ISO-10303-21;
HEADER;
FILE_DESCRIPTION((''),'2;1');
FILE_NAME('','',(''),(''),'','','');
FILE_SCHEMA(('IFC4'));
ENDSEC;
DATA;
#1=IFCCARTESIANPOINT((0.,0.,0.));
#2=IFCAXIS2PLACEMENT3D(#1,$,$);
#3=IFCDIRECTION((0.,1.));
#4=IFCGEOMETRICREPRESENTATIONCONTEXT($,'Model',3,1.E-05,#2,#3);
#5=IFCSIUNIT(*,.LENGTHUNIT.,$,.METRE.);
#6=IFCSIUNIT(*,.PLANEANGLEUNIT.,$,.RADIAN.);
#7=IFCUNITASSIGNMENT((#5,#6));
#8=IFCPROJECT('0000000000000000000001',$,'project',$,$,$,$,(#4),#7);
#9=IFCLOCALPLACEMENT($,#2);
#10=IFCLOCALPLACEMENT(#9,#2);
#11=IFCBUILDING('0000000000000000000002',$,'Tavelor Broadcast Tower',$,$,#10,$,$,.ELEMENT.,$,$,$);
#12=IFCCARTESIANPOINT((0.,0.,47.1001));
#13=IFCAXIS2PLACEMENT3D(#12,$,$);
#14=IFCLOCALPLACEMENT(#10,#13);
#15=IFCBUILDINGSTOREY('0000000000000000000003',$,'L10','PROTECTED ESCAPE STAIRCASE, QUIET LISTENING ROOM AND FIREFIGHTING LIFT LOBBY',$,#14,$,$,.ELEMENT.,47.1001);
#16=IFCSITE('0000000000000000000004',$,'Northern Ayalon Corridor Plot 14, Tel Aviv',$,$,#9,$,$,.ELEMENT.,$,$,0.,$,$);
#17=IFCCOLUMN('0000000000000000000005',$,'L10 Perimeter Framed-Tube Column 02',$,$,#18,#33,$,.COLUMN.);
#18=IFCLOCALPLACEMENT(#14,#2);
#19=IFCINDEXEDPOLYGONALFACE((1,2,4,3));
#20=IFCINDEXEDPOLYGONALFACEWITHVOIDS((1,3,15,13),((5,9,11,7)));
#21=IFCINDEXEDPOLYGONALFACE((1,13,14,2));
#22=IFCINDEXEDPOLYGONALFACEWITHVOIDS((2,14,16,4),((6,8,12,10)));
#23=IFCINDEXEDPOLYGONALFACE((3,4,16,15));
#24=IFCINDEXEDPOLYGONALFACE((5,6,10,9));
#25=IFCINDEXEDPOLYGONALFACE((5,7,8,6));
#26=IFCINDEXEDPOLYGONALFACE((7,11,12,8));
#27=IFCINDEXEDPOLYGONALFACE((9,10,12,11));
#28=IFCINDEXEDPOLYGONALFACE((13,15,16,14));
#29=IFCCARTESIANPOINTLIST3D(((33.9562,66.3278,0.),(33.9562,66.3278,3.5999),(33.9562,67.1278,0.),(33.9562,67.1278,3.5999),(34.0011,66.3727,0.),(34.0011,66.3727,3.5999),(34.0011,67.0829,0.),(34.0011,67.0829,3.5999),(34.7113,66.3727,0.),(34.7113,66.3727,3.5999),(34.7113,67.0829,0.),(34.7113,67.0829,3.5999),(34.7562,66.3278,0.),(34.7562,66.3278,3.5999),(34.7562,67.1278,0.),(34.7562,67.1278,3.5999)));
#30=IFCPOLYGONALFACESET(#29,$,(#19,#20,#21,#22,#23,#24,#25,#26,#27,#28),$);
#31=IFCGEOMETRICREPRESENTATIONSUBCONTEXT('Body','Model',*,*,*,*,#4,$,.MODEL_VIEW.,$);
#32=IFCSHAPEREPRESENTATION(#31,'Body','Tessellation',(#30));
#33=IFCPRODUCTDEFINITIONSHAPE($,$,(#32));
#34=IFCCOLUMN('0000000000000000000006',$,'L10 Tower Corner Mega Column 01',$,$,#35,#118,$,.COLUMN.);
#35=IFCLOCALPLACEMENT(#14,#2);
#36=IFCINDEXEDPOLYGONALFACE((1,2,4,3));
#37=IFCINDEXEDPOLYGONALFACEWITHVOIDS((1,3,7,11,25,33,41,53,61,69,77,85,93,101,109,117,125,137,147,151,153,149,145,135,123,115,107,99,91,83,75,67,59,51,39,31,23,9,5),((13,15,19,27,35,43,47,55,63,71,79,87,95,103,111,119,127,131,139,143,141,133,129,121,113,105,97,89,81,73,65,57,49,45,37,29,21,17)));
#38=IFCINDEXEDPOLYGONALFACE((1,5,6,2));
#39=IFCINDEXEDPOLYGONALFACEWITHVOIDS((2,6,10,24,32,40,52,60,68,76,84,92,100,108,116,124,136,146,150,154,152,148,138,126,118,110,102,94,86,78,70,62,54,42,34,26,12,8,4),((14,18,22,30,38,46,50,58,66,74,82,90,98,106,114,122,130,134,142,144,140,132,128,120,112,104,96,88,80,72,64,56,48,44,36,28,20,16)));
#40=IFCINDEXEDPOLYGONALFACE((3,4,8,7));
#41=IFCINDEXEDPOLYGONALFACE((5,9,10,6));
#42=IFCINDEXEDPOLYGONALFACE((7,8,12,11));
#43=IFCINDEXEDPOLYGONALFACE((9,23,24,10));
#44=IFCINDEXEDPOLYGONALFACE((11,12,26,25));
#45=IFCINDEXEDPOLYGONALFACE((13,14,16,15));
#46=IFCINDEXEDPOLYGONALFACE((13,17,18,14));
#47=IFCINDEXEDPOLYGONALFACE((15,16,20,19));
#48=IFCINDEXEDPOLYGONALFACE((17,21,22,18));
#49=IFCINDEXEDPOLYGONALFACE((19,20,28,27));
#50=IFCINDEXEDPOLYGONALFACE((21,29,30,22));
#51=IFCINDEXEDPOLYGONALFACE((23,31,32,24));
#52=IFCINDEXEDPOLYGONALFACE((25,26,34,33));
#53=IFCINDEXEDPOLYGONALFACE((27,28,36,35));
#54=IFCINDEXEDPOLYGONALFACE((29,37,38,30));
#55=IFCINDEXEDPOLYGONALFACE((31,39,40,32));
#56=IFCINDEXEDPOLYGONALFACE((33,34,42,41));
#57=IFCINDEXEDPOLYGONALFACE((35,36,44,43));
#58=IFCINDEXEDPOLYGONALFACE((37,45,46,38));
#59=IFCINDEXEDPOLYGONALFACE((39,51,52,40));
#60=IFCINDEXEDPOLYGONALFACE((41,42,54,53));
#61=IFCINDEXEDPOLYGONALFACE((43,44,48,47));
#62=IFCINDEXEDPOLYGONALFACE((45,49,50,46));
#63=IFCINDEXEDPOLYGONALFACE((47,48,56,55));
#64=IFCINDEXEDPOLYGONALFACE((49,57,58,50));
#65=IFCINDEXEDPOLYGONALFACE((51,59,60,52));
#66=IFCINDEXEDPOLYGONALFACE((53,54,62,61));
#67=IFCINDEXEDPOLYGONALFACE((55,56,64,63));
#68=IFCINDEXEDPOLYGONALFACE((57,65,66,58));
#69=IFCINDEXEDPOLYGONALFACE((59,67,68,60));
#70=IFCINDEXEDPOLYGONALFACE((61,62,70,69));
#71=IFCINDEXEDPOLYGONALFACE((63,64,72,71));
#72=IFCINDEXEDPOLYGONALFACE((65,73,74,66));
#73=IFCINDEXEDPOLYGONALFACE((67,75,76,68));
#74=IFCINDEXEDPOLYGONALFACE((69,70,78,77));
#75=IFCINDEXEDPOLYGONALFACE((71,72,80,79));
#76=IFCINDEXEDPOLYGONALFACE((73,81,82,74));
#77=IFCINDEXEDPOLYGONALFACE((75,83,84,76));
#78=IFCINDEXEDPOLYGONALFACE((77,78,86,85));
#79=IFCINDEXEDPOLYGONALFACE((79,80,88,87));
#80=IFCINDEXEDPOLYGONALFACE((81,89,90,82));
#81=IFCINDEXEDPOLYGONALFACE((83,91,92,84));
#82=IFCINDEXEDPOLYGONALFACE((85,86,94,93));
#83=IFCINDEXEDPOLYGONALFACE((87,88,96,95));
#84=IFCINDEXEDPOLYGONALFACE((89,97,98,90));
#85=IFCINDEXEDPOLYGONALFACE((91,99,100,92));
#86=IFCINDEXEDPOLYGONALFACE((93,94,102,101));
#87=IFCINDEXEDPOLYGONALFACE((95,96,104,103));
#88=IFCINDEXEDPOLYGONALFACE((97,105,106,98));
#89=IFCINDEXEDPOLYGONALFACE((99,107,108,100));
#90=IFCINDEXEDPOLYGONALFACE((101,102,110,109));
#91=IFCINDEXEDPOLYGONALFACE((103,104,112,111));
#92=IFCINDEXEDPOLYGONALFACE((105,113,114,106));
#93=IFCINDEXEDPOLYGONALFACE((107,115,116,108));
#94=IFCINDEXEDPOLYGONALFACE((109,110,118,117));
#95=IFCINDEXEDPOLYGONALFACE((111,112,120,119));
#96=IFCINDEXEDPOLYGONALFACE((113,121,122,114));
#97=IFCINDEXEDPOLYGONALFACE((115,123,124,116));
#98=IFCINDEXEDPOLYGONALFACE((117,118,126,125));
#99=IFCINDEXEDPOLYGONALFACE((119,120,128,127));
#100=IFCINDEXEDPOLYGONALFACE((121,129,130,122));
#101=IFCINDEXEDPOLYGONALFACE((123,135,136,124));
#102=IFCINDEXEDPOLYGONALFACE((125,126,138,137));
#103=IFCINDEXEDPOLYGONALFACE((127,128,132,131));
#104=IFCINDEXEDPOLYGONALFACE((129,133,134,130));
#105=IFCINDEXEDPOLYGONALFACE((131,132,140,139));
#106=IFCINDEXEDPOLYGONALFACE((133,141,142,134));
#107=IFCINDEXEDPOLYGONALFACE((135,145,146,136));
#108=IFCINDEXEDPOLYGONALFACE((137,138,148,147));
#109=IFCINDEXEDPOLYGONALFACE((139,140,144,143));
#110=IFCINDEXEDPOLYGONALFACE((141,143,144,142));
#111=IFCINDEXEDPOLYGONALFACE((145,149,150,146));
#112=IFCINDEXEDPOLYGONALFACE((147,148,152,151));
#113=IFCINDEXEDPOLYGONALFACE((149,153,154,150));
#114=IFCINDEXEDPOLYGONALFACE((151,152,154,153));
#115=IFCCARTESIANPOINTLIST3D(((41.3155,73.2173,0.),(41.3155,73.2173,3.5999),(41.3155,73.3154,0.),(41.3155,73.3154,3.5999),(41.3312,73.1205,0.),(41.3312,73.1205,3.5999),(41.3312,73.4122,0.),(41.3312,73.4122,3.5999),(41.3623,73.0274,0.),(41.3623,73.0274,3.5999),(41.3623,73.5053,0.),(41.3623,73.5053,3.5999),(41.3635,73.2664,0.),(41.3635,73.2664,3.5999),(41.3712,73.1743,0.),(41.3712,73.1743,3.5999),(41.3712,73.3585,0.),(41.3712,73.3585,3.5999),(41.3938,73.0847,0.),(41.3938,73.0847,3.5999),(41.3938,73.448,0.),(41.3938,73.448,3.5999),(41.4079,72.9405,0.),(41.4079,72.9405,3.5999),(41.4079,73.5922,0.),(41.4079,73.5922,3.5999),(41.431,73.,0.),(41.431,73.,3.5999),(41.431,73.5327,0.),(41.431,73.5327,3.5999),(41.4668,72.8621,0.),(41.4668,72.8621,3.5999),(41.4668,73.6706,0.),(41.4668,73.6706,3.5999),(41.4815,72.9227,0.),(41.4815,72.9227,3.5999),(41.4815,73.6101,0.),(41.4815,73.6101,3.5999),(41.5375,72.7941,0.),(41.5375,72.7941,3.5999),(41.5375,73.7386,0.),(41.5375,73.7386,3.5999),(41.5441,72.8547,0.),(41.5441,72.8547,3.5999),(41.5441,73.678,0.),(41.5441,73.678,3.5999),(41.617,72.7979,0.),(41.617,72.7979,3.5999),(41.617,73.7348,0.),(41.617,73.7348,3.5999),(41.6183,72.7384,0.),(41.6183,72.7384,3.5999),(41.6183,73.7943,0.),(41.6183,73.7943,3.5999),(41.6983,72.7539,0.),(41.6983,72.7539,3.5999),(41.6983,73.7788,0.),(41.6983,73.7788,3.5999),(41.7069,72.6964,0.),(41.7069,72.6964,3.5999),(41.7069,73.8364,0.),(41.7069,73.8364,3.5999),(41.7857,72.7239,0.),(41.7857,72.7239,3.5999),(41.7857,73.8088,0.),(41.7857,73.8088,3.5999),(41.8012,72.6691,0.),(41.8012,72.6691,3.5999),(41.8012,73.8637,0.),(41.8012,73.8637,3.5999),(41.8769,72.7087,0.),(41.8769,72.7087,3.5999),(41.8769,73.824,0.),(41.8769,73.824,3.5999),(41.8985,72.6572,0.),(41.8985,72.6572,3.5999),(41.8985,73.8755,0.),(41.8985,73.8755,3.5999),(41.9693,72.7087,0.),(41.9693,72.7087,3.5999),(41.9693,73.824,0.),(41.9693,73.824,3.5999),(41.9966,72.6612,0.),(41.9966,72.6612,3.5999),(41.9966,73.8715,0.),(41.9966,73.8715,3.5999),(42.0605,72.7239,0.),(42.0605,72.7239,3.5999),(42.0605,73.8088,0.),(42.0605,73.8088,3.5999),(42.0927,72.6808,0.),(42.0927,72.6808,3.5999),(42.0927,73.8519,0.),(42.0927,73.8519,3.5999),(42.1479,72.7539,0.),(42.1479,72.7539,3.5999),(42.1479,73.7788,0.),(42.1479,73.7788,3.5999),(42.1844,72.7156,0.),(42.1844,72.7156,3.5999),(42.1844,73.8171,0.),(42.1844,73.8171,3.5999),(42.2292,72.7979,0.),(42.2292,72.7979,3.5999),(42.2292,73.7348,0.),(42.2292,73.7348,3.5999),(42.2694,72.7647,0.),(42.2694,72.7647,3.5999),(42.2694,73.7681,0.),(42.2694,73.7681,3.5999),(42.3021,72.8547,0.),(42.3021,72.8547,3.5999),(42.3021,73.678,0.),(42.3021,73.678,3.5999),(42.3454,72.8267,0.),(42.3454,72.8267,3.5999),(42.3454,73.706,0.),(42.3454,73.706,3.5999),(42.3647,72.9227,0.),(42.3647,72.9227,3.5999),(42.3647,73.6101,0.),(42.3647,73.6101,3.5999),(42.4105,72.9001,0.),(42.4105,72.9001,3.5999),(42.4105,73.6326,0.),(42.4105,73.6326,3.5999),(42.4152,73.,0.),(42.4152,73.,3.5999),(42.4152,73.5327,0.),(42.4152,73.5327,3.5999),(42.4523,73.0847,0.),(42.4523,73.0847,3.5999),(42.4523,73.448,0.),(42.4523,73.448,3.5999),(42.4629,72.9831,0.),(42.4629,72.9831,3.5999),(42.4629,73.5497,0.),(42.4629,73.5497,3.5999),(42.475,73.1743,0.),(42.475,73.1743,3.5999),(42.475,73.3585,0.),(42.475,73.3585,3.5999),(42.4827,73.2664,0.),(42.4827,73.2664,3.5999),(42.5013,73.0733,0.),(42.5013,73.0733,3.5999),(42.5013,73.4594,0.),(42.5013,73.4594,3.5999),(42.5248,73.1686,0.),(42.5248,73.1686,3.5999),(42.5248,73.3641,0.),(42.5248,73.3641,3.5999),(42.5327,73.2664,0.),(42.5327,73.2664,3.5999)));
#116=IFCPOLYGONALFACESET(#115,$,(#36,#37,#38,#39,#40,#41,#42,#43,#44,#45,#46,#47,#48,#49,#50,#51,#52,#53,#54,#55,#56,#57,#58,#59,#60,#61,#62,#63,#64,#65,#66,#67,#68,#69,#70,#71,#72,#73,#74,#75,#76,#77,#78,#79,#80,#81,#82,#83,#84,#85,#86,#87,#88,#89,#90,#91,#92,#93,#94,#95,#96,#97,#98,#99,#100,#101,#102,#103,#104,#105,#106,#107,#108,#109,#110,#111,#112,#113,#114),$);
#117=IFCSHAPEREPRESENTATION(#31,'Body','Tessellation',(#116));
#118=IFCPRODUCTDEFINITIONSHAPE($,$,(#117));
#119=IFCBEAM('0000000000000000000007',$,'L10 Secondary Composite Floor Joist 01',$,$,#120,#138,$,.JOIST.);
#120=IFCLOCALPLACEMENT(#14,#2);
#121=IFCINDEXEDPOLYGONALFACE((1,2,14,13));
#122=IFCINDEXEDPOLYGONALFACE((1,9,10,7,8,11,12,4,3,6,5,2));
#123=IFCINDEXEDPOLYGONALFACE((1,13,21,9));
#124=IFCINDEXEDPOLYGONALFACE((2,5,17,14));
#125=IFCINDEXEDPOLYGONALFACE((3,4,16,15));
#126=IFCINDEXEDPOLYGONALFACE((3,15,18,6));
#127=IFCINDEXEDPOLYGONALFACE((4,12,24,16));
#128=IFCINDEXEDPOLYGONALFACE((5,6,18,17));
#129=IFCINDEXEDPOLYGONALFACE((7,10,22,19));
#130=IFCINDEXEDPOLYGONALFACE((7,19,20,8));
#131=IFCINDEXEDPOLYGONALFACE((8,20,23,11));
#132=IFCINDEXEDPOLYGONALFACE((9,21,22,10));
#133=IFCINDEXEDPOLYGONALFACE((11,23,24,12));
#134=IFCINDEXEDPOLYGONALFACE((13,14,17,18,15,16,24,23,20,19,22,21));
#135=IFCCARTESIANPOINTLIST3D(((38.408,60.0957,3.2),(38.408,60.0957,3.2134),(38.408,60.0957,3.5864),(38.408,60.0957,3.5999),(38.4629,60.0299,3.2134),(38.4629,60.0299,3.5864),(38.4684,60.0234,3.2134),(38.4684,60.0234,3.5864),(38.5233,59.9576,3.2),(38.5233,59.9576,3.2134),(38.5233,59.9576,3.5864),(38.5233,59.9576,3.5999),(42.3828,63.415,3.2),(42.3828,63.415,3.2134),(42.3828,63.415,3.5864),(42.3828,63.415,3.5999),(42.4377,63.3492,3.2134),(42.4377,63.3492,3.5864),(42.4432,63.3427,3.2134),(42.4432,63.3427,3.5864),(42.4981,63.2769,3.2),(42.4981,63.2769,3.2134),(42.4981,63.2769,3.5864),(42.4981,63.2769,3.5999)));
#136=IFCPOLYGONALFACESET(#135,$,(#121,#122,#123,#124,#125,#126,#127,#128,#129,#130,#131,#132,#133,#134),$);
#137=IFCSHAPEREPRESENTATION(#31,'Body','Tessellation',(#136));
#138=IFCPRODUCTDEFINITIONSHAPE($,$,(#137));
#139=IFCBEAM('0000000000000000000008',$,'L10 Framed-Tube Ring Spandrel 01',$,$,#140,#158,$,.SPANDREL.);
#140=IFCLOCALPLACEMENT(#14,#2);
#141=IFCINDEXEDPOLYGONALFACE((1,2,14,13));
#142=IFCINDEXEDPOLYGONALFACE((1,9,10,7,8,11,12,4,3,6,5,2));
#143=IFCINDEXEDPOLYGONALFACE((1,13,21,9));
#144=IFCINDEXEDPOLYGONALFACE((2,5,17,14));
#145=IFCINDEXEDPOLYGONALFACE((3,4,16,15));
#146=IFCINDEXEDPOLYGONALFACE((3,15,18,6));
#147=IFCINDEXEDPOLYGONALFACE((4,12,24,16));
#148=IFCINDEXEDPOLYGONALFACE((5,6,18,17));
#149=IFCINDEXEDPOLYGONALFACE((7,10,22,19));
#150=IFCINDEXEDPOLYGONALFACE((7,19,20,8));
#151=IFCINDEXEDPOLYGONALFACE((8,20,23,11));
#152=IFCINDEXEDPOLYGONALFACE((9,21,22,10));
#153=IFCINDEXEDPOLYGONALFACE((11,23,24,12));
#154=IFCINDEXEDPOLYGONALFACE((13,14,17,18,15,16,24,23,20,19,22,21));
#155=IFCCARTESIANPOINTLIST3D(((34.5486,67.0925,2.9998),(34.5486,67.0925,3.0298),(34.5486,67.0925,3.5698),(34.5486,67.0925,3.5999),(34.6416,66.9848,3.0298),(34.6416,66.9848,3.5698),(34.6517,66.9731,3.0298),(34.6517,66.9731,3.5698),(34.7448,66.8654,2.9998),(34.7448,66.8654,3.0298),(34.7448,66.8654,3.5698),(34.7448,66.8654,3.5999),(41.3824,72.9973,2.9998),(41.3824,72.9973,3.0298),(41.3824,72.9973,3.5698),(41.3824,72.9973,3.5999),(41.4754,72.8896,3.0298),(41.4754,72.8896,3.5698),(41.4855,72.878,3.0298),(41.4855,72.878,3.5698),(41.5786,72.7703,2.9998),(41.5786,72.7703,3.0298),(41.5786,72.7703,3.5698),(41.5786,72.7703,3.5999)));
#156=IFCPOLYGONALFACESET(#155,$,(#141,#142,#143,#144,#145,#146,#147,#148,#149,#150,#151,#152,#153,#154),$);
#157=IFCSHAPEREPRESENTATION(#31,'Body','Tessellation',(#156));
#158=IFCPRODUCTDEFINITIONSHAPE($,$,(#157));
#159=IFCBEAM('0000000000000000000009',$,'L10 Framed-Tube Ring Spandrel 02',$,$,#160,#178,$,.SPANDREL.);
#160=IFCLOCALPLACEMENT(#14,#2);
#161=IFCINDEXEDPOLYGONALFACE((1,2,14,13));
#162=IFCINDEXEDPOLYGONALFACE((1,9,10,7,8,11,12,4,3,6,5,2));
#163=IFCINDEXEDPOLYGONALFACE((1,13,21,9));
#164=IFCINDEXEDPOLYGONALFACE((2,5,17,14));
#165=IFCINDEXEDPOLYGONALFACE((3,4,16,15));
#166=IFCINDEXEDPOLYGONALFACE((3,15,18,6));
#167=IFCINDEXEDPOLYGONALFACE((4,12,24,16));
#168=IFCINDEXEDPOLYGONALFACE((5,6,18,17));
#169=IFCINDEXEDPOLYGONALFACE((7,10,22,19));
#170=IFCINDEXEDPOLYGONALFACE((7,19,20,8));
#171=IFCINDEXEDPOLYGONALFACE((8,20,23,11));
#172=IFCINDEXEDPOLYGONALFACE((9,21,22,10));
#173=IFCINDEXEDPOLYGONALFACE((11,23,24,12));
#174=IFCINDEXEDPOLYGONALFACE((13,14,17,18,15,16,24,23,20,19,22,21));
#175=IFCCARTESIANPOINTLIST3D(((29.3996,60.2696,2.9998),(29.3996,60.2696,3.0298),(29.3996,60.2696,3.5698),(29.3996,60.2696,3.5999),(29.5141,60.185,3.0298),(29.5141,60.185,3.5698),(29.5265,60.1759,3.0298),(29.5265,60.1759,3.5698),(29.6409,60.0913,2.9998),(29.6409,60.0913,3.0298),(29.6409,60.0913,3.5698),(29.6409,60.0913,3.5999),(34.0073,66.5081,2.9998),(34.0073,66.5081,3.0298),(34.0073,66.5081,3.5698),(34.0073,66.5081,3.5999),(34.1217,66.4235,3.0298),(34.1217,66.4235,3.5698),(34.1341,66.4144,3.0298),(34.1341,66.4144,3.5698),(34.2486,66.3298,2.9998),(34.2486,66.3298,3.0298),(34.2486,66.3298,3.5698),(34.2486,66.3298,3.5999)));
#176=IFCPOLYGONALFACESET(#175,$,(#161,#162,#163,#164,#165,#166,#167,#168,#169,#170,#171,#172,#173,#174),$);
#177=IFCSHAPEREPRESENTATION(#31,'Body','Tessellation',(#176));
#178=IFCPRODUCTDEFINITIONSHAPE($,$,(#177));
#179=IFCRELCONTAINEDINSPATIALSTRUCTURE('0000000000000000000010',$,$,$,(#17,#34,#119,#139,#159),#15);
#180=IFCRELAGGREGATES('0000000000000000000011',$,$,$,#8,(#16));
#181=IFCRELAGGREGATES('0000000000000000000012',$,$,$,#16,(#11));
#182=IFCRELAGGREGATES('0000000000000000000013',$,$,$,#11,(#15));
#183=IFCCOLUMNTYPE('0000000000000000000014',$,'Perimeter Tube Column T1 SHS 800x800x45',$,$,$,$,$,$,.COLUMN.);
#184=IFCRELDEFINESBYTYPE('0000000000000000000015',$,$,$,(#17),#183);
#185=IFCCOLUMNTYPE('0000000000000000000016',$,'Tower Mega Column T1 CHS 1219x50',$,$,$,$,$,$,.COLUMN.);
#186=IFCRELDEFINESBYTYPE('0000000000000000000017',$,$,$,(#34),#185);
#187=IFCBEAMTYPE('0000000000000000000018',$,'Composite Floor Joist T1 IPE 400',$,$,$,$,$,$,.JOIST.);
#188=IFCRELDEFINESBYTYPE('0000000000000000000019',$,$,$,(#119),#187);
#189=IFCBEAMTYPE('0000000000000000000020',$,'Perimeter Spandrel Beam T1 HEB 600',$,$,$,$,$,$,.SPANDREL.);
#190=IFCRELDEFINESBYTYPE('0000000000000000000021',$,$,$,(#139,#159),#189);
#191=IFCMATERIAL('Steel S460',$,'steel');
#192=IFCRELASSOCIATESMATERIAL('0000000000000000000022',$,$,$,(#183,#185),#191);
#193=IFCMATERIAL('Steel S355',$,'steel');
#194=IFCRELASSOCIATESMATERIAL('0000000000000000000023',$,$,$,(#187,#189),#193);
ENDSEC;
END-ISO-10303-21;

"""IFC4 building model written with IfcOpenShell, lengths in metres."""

from ifc_helpers import new_model, si_unit, direction, frame, origin, origin_2d, place, context, subcontext, project, spatial, hollow_rectangle, hollow_circle, i_section, extrude, material, material_profile, profile_set, type_object, element, save


model = new_model("IFC4")

# Units and contexts
model_context = context("Model", 3, precision=1e-05, world=origin(), true_north=direction((0.0, 1.0)))
body_context = subcontext(model_context, "Body", "Model", "MODEL_VIEW")
ifc_project = project(units=[si_unit("LENGTHUNIT", "METRE"), si_unit("PLANEANGLEUNIT", "RADIAN")], contexts=[model_context])

# Site, building, storey
site_placement = place(None, origin())
site = spatial("IfcSite", under=ifc_project, at=site_placement, Name="Northern Ayalon Corridor Plot 14, Tel Aviv", CompositionType="ELEMENT", RefElevation=0.0)
building_placement = place(site_placement, origin())
building = spatial("IfcBuilding", under=site, at=building_placement, Name="Tavelor Broadcast Tower", CompositionType="ELEMENT")
storey_placement = place(building_placement, frame((0.0, 0.0, 47.1001)))
storey = spatial("IfcBuildingStorey", under=building, at=storey_placement, Name="L10", Description="PROTECTED ESCAPE STAIRCASE, QUIET LISTENING ROOM AND FIREFIGHTING LIFT LOBBY", CompositionType="ELEMENT", Elevation=47.1001)

# Columns
ifc_material_1 = material(Name="Steel S460", Category="steel")
ifc_material_profile_1 = material_profile(ifc_material_1, hollow_rectangle(XDim=0.8, YDim=0.8, WallThickness=0.0449, at=origin_2d()), Name="SHS 800x800x45")
ifc_profile_set_1 = profile_set([ifc_material_profile_1], Name="Steel S460")
column_type_1 = type_object("IfcColumnType", Name="Perimeter Tube Column T1 SHS 800x800x45", PredefinedType="COLUMN", material=ifc_profile_set_1)
column_1_placement = place(storey_placement, frame((34.3562, 66.7278, 0.0), z_axis=(0.0, 0.0, 1.0), x_axis=(1.0, 0.0, 0.0)))
element("IfcColumn", 1, at=column_1_placement, inside=storey, type_object=column_type_1, Name="L10 Perimeter Framed-Tube Column 02", PredefinedType="COLUMN", context=body_context, shape_type="SweptSolid", body=[
    extrude(hollow_rectangle(XDim=0.8, YDim=0.8, WallThickness=0.0449, at=origin_2d()), origin(), (0.0, 0.0, 1.0), 3.5999),
])
ifc_material_profile_2 = material_profile(ifc_material_1, hollow_circle(Radius=0.6096, WallThickness=0.05, at=origin_2d()), Name="CHS 1219x50")
ifc_profile_set_2 = profile_set([ifc_material_profile_2], Name="Steel S460")
column_type_2 = type_object("IfcColumnType", Name="Tower Mega Column T1 CHS 1219x50", PredefinedType="COLUMN", material=ifc_profile_set_2)
column_2_placement = place(storey_placement, frame((41.9231, 73.2664, 0.0), z_axis=(0.0, 0.0, 1.0), x_axis=(1.0, 0.0, 0.0)))
element("IfcColumn", 2, at=column_2_placement, inside=storey, type_object=column_type_2, Name="L10 Tower Corner Mega Column 01", PredefinedType="COLUMN", context=body_context, shape_type="SweptSolid", body=[
    extrude(hollow_circle(Radius=0.6096, WallThickness=0.05, at=origin_2d()), origin(), (0.0, 0.0, 1.0), 3.5999),
])

# Beams
ifc_material_2 = material(Name="Steel S355", Category="steel")
ifc_material_profile_3 = material_profile(ifc_material_2, i_section(OverallWidth=0.1799, OverallDepth=0.3999, WebThickness=0.0085, FlangeThickness=0.0134, at=origin_2d()), Name="IPE 400")
ifc_profile_set_3 = profile_set([ifc_material_profile_3], Name="Steel S355")
beam_type_1 = type_object("IfcBeamType", Name="Composite Floor Joist T1 IPE 400", PredefinedType="JOIST", material=ifc_profile_set_3)
beam_1_placement = place(storey_placement, frame((42.4404, 63.3459, 3.3999), z_axis=(-0.76756, -0.640977, 0.0), x_axis=(0.640977, -0.76756, 0.0)))
element("IfcBeam", 3, at=beam_1_placement, inside=storey, type_object=beam_type_1, Name="L10 Secondary Composite Floor Joist 01", PredefinedType="JOIST", context=body_context, shape_type="SweptSolid", body=[
    extrude(i_section(OverallWidth=0.1799, OverallDepth=0.3999, WebThickness=0.0085, FlangeThickness=0.0134, at=origin_2d()), origin(), (0.0, 0.0, 1.0), 5.1785),
])
ifc_material_profile_4 = material_profile(ifc_material_2, i_section(OverallWidth=0.3, OverallDepth=0.6001, WebThickness=0.0154, FlangeThickness=0.03, at=origin_2d()), Name="HEB 600")
ifc_profile_set_4 = profile_set([ifc_material_profile_4], Name="Steel S355")
beam_type_2 = type_object("IfcBeamType", Name="Perimeter Spandrel Beam T1 HEB 600", PredefinedType="SPANDREL", material=ifc_profile_set_4)
beam_2_placement = place(storey_placement, frame((41.4805, 72.8838, 3.2998), z_axis=(-0.756663, -0.653805, 0.0), x_axis=(0.653805, -0.756663, 0.0)))
element("IfcBeam", 4, at=beam_2_placement, inside=storey, type_object=beam_type_2, Name="L10 Framed-Tube Ring Spandrel 01", PredefinedType="SPANDREL", context=body_context, shape_type="SweptSolid", body=[
    extrude(i_section(OverallWidth=0.3, OverallDepth=0.6001, WebThickness=0.0154, FlangeThickness=0.03, at=origin_2d()), origin(), (0.0, 0.0, 1.0), 9.0315),
])
beam_3_placement = place(storey_placement, frame((34.1279, 66.4189, 3.2998), z_axis=(-0.594106, -0.804387, 0.0), x_axis=(0.804387, -0.594106, 0.0)))
element("IfcBeam", 5, at=beam_3_placement, inside=storey, type_object=beam_type_2, Name="L10 Framed-Tube Ring Spandrel 02", PredefinedType="SPANDREL", context=body_context, shape_type="SweptSolid", body=[
    extrude(i_section(OverallWidth=0.3, OverallDepth=0.6001, WebThickness=0.0154, FlangeThickness=0.03, at=origin_2d()), origin(), (0.0, 0.0, 1.0), 7.7556),
])

save(model, "model.ifc")
